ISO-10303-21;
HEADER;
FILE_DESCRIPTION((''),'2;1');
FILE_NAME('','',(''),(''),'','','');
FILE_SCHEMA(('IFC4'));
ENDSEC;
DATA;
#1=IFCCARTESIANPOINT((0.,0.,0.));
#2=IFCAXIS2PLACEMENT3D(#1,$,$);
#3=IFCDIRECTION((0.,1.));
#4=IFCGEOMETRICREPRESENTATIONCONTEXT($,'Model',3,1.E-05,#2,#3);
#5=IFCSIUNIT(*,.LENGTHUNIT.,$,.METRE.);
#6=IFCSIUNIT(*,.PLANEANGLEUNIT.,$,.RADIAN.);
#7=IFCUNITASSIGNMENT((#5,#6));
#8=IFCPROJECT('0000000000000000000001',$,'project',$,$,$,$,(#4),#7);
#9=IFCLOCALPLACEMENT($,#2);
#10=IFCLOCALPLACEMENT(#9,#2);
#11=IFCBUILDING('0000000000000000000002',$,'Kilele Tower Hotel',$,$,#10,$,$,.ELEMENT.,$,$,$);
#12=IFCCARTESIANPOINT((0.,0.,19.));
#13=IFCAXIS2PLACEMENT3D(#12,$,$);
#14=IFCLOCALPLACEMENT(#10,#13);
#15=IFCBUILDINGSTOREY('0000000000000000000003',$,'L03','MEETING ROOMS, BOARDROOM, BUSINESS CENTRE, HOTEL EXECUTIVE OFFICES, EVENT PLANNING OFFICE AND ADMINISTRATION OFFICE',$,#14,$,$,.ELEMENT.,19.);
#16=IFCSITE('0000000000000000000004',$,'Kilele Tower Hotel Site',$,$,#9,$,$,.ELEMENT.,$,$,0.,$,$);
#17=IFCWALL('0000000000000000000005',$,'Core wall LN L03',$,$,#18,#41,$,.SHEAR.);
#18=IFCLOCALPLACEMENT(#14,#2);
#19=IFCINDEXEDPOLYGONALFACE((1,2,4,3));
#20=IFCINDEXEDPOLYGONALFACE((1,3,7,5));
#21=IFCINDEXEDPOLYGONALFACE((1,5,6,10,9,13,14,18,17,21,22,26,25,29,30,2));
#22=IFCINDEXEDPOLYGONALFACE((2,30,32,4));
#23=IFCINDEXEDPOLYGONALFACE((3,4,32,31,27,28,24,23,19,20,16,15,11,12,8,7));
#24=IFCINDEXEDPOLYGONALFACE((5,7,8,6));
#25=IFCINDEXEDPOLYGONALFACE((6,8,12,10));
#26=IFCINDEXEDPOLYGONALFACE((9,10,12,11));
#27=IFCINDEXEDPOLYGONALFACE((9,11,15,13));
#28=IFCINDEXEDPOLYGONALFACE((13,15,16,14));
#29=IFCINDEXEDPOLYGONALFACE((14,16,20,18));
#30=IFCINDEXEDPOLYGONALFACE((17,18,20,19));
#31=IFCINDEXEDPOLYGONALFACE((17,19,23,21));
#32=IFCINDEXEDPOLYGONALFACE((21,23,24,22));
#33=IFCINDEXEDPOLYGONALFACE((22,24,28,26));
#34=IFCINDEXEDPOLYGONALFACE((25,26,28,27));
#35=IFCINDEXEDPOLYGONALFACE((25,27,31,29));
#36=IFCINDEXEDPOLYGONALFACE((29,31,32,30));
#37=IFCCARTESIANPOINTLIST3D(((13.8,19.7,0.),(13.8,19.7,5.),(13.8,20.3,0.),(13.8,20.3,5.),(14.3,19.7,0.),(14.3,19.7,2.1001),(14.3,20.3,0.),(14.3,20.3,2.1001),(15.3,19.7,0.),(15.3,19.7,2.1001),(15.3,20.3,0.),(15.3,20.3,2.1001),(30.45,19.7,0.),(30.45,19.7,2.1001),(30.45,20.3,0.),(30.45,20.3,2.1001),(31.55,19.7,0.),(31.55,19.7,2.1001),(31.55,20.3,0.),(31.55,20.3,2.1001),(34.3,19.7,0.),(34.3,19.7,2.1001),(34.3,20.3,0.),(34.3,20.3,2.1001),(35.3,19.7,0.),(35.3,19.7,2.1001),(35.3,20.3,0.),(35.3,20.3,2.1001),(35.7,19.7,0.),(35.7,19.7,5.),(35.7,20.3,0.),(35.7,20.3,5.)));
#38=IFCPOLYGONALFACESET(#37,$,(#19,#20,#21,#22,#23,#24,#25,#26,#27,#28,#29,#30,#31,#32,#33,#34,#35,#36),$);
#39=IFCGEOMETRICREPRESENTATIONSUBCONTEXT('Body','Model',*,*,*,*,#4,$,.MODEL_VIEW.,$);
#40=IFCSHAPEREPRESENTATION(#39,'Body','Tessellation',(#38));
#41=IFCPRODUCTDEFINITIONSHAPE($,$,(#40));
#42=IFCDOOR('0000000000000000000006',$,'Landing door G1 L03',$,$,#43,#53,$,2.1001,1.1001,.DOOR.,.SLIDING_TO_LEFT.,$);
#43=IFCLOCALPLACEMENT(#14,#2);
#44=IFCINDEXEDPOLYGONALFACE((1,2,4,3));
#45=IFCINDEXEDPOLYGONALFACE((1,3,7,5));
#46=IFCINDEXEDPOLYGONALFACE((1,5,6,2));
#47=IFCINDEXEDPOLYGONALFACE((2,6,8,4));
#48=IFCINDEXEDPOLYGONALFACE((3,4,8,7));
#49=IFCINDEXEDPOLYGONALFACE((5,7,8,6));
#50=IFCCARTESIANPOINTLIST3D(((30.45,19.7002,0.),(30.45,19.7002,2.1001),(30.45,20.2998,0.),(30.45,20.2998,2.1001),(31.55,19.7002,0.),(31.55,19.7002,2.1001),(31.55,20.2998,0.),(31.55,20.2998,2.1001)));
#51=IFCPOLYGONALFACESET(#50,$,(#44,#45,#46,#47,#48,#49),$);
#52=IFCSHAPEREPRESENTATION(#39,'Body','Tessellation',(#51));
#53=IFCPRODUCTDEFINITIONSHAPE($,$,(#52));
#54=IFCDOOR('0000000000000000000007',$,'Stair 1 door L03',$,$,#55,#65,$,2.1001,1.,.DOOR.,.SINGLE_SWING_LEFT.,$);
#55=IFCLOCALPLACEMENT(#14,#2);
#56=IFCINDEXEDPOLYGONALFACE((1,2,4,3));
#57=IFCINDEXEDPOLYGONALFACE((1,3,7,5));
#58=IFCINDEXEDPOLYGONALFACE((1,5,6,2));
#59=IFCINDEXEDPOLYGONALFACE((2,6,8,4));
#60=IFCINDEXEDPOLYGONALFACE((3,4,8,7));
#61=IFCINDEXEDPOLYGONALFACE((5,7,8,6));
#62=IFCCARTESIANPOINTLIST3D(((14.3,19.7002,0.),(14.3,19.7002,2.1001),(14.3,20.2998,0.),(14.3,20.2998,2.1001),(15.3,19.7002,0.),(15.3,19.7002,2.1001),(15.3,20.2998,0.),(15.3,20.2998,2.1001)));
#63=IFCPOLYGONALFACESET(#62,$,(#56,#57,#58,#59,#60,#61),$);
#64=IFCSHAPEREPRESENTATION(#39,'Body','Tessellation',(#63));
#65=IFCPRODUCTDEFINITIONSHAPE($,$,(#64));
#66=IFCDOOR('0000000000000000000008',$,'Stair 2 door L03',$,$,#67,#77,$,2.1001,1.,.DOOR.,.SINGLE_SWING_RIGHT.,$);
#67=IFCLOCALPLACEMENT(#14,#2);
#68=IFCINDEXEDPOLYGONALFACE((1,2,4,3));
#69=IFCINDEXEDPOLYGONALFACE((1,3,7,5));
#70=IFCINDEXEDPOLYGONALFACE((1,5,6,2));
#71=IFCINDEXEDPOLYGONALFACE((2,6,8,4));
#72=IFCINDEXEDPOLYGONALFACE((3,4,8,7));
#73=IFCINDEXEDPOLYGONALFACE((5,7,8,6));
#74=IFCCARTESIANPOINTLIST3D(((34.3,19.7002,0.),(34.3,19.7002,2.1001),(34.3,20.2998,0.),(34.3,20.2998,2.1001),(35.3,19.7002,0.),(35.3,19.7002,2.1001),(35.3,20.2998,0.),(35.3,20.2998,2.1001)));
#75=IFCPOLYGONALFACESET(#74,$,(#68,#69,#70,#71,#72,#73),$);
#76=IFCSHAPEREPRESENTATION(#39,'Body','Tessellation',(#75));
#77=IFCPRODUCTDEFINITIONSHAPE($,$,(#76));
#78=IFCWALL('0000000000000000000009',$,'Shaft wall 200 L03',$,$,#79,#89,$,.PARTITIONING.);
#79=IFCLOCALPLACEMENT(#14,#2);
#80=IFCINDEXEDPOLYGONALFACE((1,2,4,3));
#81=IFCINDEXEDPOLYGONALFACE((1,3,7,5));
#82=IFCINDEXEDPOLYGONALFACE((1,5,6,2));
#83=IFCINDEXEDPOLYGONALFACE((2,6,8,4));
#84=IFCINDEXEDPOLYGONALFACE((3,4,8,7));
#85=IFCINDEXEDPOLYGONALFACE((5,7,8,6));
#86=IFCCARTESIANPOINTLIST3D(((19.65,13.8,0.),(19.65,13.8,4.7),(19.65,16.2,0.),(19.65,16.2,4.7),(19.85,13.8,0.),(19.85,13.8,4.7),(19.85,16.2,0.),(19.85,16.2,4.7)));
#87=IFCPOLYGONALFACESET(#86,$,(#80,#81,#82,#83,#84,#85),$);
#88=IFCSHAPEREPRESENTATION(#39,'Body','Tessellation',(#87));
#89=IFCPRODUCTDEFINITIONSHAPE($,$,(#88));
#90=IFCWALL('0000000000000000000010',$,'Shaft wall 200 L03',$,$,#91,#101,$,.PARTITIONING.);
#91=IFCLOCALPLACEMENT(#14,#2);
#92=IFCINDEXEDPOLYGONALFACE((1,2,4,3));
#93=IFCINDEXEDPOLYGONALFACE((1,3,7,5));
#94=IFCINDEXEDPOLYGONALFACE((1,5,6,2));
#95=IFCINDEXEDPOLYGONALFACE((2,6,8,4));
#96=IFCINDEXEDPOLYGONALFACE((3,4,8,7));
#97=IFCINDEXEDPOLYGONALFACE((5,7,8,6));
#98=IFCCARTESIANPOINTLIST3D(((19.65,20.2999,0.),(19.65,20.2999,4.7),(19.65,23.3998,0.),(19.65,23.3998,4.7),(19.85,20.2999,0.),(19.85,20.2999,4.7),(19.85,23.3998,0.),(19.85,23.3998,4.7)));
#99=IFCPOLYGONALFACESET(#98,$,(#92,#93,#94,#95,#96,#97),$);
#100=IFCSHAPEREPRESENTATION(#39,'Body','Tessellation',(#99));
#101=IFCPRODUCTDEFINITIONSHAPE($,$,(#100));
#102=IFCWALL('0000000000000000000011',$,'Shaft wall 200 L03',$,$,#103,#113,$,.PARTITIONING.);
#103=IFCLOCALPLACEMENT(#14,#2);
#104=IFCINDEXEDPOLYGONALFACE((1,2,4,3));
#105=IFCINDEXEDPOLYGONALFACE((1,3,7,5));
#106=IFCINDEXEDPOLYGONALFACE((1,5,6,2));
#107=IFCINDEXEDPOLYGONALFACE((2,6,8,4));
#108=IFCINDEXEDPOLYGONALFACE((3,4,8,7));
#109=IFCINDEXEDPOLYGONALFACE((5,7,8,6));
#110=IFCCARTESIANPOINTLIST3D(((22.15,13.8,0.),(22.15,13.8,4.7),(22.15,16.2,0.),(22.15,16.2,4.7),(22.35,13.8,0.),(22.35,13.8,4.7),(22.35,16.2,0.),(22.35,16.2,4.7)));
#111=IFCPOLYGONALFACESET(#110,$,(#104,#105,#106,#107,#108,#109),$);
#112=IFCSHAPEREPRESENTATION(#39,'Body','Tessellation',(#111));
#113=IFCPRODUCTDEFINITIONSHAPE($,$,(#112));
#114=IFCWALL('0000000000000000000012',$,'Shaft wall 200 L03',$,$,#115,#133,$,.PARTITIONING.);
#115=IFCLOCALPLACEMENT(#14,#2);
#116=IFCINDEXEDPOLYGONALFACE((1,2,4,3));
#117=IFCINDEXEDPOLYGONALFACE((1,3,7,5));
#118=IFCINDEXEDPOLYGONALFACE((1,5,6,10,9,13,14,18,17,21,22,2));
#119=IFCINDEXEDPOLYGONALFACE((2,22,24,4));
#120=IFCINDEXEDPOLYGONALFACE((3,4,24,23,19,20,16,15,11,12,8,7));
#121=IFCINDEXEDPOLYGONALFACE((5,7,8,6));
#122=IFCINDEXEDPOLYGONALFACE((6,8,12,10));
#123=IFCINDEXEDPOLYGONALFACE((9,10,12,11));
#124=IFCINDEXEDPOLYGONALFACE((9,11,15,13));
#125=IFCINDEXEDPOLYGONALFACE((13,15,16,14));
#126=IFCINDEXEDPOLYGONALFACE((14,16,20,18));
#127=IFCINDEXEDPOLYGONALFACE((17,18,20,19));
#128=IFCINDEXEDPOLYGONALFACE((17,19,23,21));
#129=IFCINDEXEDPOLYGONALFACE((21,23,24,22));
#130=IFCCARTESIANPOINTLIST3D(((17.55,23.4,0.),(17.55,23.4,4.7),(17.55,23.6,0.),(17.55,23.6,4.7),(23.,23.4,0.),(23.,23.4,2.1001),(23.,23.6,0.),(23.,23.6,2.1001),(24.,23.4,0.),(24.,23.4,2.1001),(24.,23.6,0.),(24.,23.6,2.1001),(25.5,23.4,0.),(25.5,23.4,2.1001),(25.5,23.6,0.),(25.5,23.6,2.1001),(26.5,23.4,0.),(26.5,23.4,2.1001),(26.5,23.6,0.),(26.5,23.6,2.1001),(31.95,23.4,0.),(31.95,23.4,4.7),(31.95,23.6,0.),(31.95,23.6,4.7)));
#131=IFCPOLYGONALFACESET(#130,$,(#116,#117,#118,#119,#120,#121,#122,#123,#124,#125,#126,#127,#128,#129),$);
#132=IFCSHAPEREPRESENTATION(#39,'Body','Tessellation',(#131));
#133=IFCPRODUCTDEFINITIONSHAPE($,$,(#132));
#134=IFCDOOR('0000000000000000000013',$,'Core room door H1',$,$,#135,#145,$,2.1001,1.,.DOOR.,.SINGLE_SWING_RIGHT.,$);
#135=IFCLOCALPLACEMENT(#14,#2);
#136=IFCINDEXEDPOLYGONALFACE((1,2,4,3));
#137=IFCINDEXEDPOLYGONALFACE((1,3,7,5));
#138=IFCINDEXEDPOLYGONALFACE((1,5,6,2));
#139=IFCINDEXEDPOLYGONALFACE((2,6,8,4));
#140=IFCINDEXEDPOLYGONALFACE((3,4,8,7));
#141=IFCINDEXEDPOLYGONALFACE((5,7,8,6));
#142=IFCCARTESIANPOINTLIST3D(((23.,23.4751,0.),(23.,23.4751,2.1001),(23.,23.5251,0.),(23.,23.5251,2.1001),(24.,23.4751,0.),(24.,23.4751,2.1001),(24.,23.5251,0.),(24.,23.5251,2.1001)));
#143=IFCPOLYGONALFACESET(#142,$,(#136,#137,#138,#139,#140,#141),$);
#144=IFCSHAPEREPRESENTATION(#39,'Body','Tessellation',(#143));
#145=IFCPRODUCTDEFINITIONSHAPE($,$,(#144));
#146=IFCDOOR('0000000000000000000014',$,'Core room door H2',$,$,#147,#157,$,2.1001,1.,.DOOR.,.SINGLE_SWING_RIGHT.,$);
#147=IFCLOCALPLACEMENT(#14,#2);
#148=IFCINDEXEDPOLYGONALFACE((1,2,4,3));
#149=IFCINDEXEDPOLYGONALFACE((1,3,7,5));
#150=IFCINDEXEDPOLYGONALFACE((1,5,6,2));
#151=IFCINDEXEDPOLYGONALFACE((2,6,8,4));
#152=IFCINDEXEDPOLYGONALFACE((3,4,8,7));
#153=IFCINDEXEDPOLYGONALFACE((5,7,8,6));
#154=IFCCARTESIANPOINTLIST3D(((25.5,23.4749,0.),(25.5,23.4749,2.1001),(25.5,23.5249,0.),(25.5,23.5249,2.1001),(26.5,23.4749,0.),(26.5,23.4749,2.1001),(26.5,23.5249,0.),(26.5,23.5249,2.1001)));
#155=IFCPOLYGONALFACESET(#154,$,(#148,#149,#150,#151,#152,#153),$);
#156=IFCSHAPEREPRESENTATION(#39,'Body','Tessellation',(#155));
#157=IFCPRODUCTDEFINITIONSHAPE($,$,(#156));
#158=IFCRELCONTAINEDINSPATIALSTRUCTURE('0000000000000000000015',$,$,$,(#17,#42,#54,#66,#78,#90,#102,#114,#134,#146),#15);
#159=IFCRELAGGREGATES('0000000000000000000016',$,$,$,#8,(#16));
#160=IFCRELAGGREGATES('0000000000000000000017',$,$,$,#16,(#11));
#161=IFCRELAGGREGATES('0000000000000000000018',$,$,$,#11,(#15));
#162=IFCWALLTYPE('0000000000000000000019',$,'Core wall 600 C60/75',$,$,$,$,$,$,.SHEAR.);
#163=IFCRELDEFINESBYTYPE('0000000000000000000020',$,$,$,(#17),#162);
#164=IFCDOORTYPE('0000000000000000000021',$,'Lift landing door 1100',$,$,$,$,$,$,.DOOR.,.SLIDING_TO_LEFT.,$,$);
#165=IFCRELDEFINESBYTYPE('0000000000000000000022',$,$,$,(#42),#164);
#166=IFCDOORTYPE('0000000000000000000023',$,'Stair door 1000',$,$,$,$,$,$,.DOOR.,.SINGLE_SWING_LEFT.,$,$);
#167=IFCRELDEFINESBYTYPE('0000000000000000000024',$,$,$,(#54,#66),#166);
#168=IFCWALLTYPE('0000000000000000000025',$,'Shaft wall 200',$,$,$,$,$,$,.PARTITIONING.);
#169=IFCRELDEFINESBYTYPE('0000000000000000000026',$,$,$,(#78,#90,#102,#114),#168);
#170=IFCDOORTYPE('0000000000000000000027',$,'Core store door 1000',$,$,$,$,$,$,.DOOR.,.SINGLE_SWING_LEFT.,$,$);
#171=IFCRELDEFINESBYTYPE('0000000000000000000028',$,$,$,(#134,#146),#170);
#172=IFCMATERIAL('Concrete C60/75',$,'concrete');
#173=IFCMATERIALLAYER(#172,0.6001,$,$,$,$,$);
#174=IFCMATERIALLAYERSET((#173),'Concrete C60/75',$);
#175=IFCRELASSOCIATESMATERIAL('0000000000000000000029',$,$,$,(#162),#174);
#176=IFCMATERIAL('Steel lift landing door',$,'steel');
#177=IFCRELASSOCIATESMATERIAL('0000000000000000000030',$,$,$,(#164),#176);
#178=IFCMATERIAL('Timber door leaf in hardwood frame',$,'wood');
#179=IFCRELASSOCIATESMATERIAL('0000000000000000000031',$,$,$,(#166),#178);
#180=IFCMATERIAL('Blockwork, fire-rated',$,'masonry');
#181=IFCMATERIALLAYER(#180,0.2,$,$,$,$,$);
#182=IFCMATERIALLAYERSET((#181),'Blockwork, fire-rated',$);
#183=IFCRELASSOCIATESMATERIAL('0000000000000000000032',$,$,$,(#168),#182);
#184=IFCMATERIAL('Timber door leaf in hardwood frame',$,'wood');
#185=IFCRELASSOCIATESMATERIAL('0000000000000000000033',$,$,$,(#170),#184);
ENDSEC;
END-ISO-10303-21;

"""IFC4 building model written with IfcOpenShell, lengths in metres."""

from ifc_helpers import new_model, si_unit, direction, frame, frame_2d, origin, place, context, subcontext, project, spatial, rectangle, extrude, material, layer, layer_set, type_object, element, fill, save


model = new_model("IFC4")

# Units and contexts
model_context = context("Model", 3, precision=1e-05, world=origin(), true_north=direction((0.0, 1.0)))
body_context = subcontext(model_context, "Body", "Model", "MODEL_VIEW")
ifc_project = project(units=[si_unit("LENGTHUNIT", "METRE"), si_unit("PLANEANGLEUNIT", "RADIAN")], contexts=[model_context])

# Site, building, storey
site_placement = place(None, origin())
site = spatial("IfcSite", under=ifc_project, at=site_placement, Name="Kilele Tower Hotel Site", CompositionType="ELEMENT", RefElevation=0.0)
building_placement = place(site_placement, origin())
building = spatial("IfcBuilding", under=site, at=building_placement, Name="Kilele Tower Hotel", CompositionType="ELEMENT")
storey_placement = place(building_placement, frame((0.0, 0.0, 19.0)))
storey = spatial("IfcBuildingStorey", under=building, at=storey_placement, Name="L03", Description="MEETING ROOMS, BOARDROOM, BUSINESS CENTRE, HOTEL EXECUTIVE OFFICES, EVENT PLANNING OFFICE AND ADMINISTRATION OFFICE", CompositionType="ELEMENT", Elevation=19.0)

# Shared definitions
ifc_material_1 = material(Name="Concrete C60/75", Category="concrete")
ifc_layer_1 = layer(ifc_material_1, 0.6001)
ifc_layer_set_1 = layer_set([ifc_layer_1], Name="Concrete C60/75")
wall_type_1 = type_object("IfcWallType", Name="Core wall 600 C60/75", PredefinedType="SHEAR", material=ifc_layer_set_1)

# Wall, openings, doors
ifc_material_2 = material(Name="Steel lift landing door", Category="steel")
door_type_1 = type_object("IfcDoorType", Name="Lift landing door 1100", OperationType="SLIDING_TO_LEFT", PredefinedType="DOOR", material=ifc_material_2)
wall_1_placement = place(storey_placement, frame((13.8, 20.0, 0.0), z_axis=(0.0, 0.0, 1.0), x_axis=(1.0, 0.0, 0.0)))
wall_1 = element("IfcWall", 1, at=wall_1_placement, inside=storey, type_object=wall_type_1, Name="Core wall LN L03", PredefinedType="SHEAR", context=body_context, shape_type="SweptSolid", body=[
    extrude(rectangle(XDim=21.8999, YDim=0.6001, at=frame_2d((10.95, 0.0))), origin(), (0.0, 0.0, 1.0), 5.0),
])
opening_1_placement = place(wall_1_placement, frame((0.5, 0.0, 0.0)))
opening_1 = element("IfcOpeningElement", 2, at=opening_1_placement, cuts=wall_1, PredefinedType="OPENING", context=body_context, shape_type="SweptSolid", body=[
    extrude(rectangle(XDim=1.0, YDim=2.1001, at=frame_2d((0.5, 1.05))), frame((0.0, 0.3101, 0.0), z_axis=(0.0, -1.0, 0.0), x_axis=(1.0, 0.0, 0.0)), (0.0, 0.0, 1.0), 0.6201),
])
opening_2_placement = place(wall_1_placement, frame((20.5, 0.0, 0.0)))
opening_2 = element("IfcOpeningElement", 3, at=opening_2_placement, cuts=wall_1, PredefinedType="OPENING", context=body_context, shape_type="SweptSolid", body=[
    extrude(rectangle(XDim=1.0, YDim=2.1001, at=frame_2d((0.5, 1.05))), frame((0.0, 0.3101, 0.0), z_axis=(0.0, -1.0, 0.0), x_axis=(1.0, 0.0, 0.0)), (0.0, 0.0, 1.0), 0.6201),
])
opening_3_placement = place(wall_1_placement, frame((16.6499, 0.0, 0.0)))
opening_3 = element("IfcOpeningElement", 4, at=opening_3_placement, cuts=wall_1, PredefinedType="OPENING", context=body_context, shape_type="SweptSolid", body=[
    extrude(rectangle(XDim=1.1001, YDim=2.1001, at=frame_2d((0.55, 1.05))), frame((0.0, 0.3101, 0.0), z_axis=(0.0, -1.0, 0.0), x_axis=(1.0, 0.0, 0.0)), (0.0, 0.0, 1.0), 0.6201),
])
door_1_placement = place(opening_3_placement, origin())
door_1 = element("IfcDoor", 5, at=door_1_placement, inside=storey, type_object=door_type_1, Name="Landing door G1 L03", OperationType="SLIDING_TO_LEFT", OverallHeight=2.1001, OverallWidth=1.1001, PredefinedType="DOOR", context=body_context, shape_type="SweptSolid", body=[
    extrude(rectangle(XDim=1.1001, YDim=2.1001, at=frame_2d((0.55, 1.05))), frame((0.0, 0.2998, 0.0), z_axis=(0.0, -1.0, 0.0), x_axis=(1.0, 0.0, 0.0)), (0.0, 0.0, 1.0), 0.5996),
])
fill(opening_3, door_1)
ifc_material_3 = material(Name="Timber door leaf in hardwood frame", Category="wood")
door_type_2 = type_object("IfcDoorType", Name="Stair door 1000", OperationType="SINGLE_SWING_LEFT", PredefinedType="DOOR", material=ifc_material_3)
door_2_placement = place(opening_1_placement, origin())
door_2 = element("IfcDoor", 6, at=door_2_placement, inside=storey, type_object=door_type_2, Name="Stair 1 door L03", OperationType="SINGLE_SWING_LEFT", OverallHeight=2.1001, OverallWidth=1.0, PredefinedType="DOOR", context=body_context, shape_type="SweptSolid", body=[
    extrude(rectangle(XDim=1.0, YDim=2.1001, at=frame_2d((0.5, 1.05))), frame((0.0, 0.2998, 0.0), z_axis=(0.0, -1.0, 0.0), x_axis=(1.0, 0.0, 0.0)), (0.0, 0.0, 1.0), 0.5996),
])
fill(opening_1, door_2)
door_3_placement = place(opening_2_placement, origin())
door_3 = element("IfcDoor", 7, at=door_3_placement, inside=storey, type_object=door_type_2, Name="Stair 2 door L03", OperationType="SINGLE_SWING_RIGHT", OverallHeight=2.1001, OverallWidth=1.0, PredefinedType="DOOR", context=body_context, shape_type="SweptSolid", body=[
    extrude(rectangle(XDim=1.0, YDim=2.1001, at=frame_2d((0.5, 1.05))), frame((0.0, 0.2998, 0.0), z_axis=(0.0, -1.0, 0.0), x_axis=(1.0, 0.0, 0.0)), (0.0, 0.0, 1.0), 0.5996),
])
fill(opening_2, door_3)

# Walls
ifc_material_4 = material(Name="Blockwork, fire-rated", Category="masonry")
ifc_layer_2 = layer(ifc_material_4, 0.2)
ifc_layer_set_2 = layer_set([ifc_layer_2], Name="Blockwork, fire-rated")
wall_type_2 = type_object("IfcWallType", Name="Shaft wall 200", PredefinedType="PARTITIONING", material=ifc_layer_set_2)
wall_2_placement = place(storey_placement, frame((19.75, 13.8, 0.0), z_axis=(0.0, 0.0, 1.0), x_axis=(0.0, 1.0, 0.0)))
element("IfcWall", 8, at=wall_2_placement, inside=storey, type_object=wall_type_2, Name="Shaft wall 200 L03", PredefinedType="PARTITIONING", context=body_context, shape_type="SweptSolid", body=[
    extrude(rectangle(XDim=2.3999, YDim=0.2, at=frame_2d((1.2, 0.0))), origin(), (0.0, 0.0, 1.0), 4.7),
])
wall_3_placement = place(storey_placement, frame((19.75, 20.3, 0.0), z_axis=(0.0, 0.0, 1.0), x_axis=(0.0, 1.0, 0.0)))
element("IfcWall", 9, at=wall_3_placement, inside=storey, type_object=wall_type_2, Name="Shaft wall 200 L03", PredefinedType="PARTITIONING", context=body_context, shape_type="SweptSolid", body=[
    extrude(rectangle(XDim=3.0999, YDim=0.2, at=frame_2d((1.5498, 0.0))), origin(), (0.0, 0.0, 1.0), 4.7),
])
wall_4_placement = place(storey_placement, frame((22.25, 13.8, 0.0), z_axis=(0.0, 0.0, 1.0), x_axis=(0.0, 1.0, 0.0)))
element("IfcWall", 10, at=wall_4_placement, inside=storey, type_object=wall_type_2, Name="Shaft wall 200 L03", PredefinedType="PARTITIONING", context=body_context, shape_type="SweptSolid", body=[
    extrude(rectangle(XDim=2.3999, YDim=0.2, at=frame_2d((1.2, 0.0))), origin(), (0.0, 0.0, 1.0), 4.7),
])

# Wall, openings, doors
wall_5_placement = place(storey_placement, frame((17.55, 23.5, 0.0), z_axis=(0.0, 0.0, 1.0), x_axis=(1.0, 0.0, 0.0)))
wall_5 = element("IfcWall", 11, at=wall_5_placement, inside=storey, type_object=wall_type_2, Name="Shaft wall 200 L03", PredefinedType="PARTITIONING", context=body_context, shape_type="SweptSolid", body=[
    extrude(rectangle(XDim=14.3999, YDim=0.2, at=frame_2d((7.2, 0.0))), origin(), (0.0, 0.0, 1.0), 4.7),
])
opening_4_placement = place(wall_5_placement, frame((6.45, 0.0, 0.0), z_axis=(0.0, 0.0, 1.0), x_axis=(-1.0, 0.0, 0.0)))
opening_4 = element("IfcOpeningElement", 12, at=opening_4_placement, cuts=wall_5, PredefinedType="OPENING", context=body_context, shape_type="SweptSolid", body=[
    extrude(rectangle(XDim=1.0, YDim=2.1001, at=frame_2d((0.5, 1.05))), frame((0.0, 0.1099, 0.0), z_axis=(0.0, -1.0, 0.0), x_axis=(1.0, 0.0, 0.0)), (0.0, 0.0, 1.0), 0.22),
])
opening_5_placement = place(wall_5_placement, frame((7.95, 0.0, 0.0)))
opening_5 = element("IfcOpeningElement", 13, at=opening_5_placement, cuts=wall_5, PredefinedType="OPENING", context=body_context, shape_type="SweptSolid", body=[
    extrude(rectangle(XDim=1.0, YDim=2.1001, at=frame_2d((0.5, 1.05))), frame((0.0, 0.1099, 0.0), z_axis=(0.0, -1.0, 0.0), x_axis=(1.0, 0.0, 0.0)), (0.0, 0.0, 1.0), 0.22),
])
ifc_material_5 = material(Name="Timber door leaf in hardwood frame", Category="wood")
door_type_3 = type_object("IfcDoorType", Name="Core store door 1000", OperationType="SINGLE_SWING_LEFT", PredefinedType="DOOR", material=ifc_material_5)
door_4_placement = place(opening_4_placement, origin())
door_4 = element("IfcDoor", 14, at=door_4_placement, inside=storey, type_object=door_type_3, Name="Core room door H1", OperationType="SINGLE_SWING_RIGHT", OverallHeight=2.1001, OverallWidth=1.0, PredefinedType="DOOR", context=body_context, shape_type="SweptSolid", body=[
    extrude(rectangle(XDim=1.0, YDim=2.1001, at=frame_2d((0.5, 1.05))), frame((0.0, 0.0249, 0.0), z_axis=(0.0, -1.0, 0.0), x_axis=(1.0, 0.0, 0.0)), (0.0, 0.0, 1.0), 0.05),
])
fill(opening_4, door_4)
door_5_placement = place(opening_5_placement, origin())
door_5 = element("IfcDoor", 15, at=door_5_placement, inside=storey, type_object=door_type_3, Name="Core room door H2", OperationType="SINGLE_SWING_RIGHT", OverallHeight=2.1001, OverallWidth=1.0, PredefinedType="DOOR", context=body_context, shape_type="SweptSolid", body=[
    extrude(rectangle(XDim=1.0, YDim=2.1001, at=frame_2d((0.5, 1.05))), frame((0.0, 0.0249, 0.0), z_axis=(0.0, -1.0, 0.0), x_axis=(1.0, 0.0, 0.0)), (0.0, 0.0, 1.0), 0.05),
])
fill(opening_5, door_5)

save(model, "model.ifc")
